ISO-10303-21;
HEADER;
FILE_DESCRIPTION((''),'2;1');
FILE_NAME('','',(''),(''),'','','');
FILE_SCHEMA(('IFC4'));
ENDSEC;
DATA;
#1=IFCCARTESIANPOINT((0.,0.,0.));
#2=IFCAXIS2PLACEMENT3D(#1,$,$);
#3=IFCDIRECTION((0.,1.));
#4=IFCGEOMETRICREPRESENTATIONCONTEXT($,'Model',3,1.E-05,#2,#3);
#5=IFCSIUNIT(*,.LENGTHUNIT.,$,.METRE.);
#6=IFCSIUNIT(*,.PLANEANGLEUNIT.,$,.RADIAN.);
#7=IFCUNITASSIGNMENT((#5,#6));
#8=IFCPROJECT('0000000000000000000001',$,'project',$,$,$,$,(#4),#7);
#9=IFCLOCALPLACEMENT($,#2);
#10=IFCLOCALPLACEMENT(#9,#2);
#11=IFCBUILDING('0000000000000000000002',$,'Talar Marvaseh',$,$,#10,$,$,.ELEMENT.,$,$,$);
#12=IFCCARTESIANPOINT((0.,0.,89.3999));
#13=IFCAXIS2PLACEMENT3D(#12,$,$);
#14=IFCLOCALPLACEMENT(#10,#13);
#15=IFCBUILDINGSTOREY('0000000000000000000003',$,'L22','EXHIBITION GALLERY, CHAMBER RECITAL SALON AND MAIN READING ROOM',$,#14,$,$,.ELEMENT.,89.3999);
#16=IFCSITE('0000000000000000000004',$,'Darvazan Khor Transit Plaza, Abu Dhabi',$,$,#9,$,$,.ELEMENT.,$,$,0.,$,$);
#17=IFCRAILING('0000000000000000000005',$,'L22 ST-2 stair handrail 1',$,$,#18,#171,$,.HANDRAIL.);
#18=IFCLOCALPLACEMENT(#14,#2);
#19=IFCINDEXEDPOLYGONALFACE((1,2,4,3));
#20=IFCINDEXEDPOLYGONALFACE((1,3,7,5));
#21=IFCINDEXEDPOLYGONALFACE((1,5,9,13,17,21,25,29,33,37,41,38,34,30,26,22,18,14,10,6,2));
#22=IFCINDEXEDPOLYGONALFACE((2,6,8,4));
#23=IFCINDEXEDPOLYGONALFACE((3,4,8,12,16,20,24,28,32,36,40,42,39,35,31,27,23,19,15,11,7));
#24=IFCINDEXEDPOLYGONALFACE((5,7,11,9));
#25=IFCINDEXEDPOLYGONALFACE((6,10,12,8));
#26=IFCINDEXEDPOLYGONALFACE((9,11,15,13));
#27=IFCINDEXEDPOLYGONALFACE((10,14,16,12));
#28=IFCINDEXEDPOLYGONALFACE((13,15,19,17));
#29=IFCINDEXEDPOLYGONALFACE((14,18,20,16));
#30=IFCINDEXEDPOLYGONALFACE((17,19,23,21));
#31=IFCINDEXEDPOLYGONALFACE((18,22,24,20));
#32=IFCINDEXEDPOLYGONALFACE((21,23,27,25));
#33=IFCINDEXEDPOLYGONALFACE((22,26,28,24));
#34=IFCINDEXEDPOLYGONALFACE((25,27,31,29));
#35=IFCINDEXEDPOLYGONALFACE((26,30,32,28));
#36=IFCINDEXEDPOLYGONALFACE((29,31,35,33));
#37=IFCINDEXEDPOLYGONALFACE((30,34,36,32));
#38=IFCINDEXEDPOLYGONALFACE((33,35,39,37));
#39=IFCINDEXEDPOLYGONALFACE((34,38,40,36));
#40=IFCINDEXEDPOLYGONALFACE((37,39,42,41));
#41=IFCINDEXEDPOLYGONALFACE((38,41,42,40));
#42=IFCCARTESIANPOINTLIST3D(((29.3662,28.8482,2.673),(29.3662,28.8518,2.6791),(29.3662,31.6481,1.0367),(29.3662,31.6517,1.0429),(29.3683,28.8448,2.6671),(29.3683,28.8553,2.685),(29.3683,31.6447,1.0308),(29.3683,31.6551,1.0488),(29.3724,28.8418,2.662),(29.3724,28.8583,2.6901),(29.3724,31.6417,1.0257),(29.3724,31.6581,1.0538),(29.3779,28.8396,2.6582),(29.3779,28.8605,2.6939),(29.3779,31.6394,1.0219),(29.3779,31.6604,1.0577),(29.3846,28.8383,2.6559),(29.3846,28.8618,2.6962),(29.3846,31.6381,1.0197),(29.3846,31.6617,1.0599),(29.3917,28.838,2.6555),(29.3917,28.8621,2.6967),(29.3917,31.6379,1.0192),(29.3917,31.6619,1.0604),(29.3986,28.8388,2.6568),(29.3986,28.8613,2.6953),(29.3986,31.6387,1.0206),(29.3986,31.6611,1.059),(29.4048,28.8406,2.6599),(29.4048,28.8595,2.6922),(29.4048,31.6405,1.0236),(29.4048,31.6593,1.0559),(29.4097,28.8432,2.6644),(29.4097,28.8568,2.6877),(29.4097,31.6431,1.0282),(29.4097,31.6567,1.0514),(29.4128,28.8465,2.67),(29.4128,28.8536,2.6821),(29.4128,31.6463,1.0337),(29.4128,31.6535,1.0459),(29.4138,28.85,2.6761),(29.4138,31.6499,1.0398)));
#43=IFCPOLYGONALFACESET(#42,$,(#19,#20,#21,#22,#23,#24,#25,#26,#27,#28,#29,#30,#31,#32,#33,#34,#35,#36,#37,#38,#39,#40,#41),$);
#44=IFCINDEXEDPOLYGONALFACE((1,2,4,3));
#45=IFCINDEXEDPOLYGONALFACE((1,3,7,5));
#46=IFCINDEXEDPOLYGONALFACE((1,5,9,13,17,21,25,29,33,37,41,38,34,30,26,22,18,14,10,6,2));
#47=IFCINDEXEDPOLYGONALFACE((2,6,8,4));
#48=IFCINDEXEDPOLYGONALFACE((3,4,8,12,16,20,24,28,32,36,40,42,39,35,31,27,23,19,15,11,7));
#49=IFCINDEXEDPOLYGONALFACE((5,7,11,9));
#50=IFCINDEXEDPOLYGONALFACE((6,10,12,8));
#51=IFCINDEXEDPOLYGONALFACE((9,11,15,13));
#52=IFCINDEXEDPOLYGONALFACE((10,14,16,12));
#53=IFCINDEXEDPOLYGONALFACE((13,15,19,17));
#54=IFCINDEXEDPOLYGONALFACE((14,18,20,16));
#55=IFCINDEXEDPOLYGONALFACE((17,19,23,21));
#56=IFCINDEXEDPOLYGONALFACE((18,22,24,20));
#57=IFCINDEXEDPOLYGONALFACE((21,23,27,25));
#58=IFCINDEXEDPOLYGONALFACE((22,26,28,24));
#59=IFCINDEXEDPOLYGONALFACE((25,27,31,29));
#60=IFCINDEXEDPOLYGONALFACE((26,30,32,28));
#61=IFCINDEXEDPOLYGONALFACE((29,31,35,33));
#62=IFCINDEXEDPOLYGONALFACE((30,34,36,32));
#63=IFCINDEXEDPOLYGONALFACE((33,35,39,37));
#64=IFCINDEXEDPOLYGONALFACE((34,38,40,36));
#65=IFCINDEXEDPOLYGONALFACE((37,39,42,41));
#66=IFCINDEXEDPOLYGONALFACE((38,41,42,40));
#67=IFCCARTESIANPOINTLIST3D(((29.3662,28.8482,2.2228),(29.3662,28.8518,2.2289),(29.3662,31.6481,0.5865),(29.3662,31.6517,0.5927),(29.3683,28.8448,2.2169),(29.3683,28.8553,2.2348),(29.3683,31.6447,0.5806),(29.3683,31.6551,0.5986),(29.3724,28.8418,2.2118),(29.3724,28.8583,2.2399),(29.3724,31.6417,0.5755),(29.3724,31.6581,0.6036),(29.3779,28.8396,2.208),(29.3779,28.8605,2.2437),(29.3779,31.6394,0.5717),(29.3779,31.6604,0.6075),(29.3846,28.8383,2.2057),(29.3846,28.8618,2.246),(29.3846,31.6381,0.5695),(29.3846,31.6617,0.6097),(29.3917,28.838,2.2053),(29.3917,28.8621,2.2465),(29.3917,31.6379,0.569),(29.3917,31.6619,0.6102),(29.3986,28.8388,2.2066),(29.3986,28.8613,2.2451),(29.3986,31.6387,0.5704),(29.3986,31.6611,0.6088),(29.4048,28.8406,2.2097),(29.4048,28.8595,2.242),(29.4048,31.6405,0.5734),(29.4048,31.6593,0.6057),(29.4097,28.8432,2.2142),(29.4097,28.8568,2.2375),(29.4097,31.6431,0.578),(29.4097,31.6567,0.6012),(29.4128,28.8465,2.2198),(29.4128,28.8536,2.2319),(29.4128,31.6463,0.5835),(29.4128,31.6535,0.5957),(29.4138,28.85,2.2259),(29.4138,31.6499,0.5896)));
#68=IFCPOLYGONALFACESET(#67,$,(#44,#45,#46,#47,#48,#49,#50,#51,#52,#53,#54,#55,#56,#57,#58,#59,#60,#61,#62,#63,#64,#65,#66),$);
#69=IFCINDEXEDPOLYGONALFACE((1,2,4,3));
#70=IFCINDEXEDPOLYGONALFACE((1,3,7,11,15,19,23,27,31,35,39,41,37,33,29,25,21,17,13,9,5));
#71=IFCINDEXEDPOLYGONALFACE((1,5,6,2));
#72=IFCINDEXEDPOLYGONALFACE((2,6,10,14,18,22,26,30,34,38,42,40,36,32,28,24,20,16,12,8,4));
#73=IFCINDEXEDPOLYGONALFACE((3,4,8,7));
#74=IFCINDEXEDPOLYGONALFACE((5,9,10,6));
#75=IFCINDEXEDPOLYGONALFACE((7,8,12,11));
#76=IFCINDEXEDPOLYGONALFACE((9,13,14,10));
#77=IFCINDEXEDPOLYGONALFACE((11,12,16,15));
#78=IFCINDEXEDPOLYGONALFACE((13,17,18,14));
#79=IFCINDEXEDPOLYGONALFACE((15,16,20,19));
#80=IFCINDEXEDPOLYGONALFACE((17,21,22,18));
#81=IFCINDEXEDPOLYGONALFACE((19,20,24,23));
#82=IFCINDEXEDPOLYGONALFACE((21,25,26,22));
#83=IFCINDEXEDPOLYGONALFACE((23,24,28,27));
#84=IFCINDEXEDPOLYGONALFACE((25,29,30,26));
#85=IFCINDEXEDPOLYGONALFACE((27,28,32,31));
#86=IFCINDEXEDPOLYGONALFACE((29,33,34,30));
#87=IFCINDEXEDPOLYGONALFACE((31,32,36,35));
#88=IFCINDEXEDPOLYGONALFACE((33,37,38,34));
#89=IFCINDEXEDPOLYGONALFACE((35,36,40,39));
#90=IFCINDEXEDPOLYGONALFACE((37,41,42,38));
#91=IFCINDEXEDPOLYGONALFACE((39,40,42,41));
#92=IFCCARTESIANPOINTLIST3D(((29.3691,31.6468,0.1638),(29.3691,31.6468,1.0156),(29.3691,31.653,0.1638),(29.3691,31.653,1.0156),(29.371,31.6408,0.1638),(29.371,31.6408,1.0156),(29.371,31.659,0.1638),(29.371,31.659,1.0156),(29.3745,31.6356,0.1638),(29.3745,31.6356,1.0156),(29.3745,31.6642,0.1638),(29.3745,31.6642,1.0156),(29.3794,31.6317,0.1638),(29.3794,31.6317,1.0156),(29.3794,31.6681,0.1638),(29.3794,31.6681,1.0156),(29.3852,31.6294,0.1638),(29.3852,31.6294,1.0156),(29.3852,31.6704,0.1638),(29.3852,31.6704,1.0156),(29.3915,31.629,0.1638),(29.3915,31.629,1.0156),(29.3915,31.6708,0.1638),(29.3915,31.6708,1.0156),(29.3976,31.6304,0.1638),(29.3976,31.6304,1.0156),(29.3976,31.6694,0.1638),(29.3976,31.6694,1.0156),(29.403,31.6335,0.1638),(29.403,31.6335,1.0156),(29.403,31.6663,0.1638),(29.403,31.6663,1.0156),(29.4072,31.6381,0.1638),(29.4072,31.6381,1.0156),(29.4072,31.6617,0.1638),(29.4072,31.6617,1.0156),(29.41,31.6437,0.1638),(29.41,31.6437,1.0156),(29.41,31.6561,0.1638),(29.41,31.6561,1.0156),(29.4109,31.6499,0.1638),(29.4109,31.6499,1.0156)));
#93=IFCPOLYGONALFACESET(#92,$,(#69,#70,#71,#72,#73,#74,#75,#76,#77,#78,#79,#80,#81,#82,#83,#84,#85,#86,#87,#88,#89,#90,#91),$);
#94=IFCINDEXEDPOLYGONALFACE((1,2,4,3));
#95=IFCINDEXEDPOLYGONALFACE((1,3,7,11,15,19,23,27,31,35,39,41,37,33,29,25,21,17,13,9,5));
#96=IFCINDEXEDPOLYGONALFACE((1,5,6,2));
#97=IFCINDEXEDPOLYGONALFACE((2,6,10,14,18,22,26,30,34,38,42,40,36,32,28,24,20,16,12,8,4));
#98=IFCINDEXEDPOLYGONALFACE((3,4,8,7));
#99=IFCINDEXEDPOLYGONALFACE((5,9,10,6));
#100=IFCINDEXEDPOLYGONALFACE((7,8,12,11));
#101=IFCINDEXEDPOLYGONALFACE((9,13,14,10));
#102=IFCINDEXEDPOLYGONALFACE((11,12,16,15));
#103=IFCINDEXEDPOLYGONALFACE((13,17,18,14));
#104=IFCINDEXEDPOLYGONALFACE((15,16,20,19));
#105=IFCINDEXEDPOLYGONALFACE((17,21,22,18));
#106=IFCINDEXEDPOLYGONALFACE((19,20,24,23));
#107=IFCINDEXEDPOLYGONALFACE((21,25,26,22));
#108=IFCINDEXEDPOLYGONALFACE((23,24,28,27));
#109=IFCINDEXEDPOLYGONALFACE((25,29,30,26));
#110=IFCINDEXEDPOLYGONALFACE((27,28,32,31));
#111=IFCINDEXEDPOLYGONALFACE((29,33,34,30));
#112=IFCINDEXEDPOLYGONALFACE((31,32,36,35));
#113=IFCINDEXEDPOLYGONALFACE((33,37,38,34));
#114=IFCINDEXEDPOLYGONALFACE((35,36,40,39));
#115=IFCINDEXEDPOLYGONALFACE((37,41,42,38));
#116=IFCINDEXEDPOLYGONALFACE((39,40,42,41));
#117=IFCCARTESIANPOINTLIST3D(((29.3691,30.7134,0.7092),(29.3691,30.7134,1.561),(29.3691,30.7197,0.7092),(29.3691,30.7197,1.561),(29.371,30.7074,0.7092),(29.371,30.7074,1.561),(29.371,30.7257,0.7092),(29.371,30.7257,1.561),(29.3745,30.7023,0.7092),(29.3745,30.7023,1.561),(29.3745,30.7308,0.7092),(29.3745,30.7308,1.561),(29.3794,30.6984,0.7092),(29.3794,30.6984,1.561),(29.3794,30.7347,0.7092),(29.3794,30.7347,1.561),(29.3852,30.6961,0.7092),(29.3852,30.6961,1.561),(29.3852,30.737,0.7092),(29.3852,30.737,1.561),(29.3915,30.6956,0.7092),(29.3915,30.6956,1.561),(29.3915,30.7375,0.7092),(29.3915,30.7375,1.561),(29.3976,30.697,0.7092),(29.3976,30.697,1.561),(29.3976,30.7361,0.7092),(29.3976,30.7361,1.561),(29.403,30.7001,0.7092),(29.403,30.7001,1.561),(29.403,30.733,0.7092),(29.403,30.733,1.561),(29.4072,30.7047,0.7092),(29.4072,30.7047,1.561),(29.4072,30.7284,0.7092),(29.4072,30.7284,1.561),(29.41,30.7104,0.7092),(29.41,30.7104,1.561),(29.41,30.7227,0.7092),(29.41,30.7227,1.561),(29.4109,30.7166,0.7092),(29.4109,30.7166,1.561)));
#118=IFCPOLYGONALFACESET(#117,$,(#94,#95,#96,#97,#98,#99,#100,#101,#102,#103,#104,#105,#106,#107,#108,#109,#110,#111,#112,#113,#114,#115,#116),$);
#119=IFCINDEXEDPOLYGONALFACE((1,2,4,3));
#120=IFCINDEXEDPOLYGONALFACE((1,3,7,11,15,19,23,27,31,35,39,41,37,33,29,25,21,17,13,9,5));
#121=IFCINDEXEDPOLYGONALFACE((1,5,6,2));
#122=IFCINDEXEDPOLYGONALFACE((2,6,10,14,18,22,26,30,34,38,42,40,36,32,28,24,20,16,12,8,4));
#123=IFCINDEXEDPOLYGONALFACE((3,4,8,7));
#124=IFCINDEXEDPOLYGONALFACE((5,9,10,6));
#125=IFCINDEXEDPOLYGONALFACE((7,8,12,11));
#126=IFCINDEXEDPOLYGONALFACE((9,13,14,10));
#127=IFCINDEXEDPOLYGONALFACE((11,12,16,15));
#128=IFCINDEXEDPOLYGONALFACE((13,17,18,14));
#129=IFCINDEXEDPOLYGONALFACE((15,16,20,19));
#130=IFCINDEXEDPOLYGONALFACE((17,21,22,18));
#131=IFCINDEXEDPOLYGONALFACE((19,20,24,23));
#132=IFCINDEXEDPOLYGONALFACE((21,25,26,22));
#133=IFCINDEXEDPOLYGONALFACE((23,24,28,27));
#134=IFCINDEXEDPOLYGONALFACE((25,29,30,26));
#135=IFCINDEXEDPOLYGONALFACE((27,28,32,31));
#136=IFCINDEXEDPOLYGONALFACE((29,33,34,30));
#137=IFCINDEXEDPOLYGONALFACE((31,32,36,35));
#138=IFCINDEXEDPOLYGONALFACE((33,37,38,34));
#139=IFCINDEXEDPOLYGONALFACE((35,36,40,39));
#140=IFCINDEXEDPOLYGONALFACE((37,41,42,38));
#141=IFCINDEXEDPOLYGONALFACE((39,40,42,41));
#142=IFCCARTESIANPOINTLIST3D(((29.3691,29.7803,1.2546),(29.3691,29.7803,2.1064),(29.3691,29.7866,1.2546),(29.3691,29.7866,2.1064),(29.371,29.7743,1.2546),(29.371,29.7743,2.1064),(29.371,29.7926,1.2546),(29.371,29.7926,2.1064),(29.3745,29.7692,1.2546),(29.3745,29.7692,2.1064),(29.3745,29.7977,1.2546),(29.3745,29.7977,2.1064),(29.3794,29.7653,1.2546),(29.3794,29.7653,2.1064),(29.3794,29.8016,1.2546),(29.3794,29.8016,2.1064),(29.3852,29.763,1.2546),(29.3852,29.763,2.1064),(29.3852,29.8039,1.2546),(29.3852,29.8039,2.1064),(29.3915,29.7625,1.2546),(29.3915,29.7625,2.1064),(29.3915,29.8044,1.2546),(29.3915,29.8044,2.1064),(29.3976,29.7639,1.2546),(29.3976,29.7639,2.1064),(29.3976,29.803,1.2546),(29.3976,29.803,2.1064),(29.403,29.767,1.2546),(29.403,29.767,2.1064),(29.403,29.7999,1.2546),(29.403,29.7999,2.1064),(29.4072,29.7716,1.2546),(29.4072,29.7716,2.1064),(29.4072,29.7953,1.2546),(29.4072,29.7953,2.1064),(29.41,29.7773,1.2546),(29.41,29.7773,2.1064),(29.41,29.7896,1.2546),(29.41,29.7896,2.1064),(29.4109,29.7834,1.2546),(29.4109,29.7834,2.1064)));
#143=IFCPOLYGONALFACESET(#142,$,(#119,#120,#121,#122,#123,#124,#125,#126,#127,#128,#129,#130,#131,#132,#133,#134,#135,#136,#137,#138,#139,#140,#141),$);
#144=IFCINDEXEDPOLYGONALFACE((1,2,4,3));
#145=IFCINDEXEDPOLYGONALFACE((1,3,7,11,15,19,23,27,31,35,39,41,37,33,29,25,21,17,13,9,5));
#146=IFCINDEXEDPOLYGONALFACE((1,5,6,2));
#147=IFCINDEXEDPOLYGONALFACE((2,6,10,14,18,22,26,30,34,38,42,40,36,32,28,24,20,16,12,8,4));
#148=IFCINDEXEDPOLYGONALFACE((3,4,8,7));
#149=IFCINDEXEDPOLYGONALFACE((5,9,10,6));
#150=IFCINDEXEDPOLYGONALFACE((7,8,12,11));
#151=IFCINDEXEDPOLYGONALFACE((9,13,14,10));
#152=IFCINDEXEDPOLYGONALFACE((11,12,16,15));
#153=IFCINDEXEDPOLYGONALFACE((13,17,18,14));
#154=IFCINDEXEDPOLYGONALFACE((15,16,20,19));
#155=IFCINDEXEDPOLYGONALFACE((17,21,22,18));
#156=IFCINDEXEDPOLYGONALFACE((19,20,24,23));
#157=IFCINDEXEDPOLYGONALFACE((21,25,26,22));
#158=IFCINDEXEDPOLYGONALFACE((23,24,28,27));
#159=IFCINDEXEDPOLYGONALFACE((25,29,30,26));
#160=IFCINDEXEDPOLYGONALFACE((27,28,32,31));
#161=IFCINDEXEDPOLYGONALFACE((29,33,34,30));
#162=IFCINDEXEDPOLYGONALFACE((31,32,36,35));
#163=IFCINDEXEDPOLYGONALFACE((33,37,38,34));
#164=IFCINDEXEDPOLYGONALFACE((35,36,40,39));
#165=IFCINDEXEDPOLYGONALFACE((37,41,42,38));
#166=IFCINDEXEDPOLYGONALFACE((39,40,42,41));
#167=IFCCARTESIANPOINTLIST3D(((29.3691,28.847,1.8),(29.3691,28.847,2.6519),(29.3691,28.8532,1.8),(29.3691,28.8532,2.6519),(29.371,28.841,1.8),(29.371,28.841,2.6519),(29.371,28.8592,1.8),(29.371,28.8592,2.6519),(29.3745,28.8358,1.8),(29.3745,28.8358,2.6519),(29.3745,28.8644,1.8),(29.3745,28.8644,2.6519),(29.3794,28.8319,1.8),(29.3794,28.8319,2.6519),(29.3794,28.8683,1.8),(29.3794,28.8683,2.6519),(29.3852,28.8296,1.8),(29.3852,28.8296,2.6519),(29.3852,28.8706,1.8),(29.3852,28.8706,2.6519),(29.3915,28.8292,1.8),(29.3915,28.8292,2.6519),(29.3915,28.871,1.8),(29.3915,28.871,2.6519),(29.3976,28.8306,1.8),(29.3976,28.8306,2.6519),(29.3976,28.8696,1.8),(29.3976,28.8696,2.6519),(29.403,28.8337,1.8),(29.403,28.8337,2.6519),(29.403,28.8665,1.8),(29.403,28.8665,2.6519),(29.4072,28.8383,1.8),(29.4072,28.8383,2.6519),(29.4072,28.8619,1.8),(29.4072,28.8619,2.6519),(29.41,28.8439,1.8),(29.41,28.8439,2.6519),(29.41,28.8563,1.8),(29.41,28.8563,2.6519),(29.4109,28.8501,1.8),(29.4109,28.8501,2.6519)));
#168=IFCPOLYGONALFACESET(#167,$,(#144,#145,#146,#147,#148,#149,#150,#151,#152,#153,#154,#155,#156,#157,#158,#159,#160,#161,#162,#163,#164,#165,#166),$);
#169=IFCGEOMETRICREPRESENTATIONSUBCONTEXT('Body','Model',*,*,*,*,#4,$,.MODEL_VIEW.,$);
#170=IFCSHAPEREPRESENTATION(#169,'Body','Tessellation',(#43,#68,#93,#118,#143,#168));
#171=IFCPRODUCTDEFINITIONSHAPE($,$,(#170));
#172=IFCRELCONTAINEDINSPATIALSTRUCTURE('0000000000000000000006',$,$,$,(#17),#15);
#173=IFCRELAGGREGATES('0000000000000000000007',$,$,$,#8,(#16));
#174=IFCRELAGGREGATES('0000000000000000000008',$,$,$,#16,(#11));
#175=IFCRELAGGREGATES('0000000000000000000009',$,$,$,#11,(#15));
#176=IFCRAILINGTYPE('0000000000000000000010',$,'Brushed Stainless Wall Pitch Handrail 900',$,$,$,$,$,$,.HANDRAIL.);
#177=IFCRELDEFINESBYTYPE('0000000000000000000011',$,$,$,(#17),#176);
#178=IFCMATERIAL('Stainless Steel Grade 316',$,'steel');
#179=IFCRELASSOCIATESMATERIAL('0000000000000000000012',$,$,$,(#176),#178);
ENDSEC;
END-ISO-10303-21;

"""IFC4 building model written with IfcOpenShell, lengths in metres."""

from ifc_helpers import new_model, si_unit, direction, frame, origin, origin_2d, place, context, subcontext, project, spatial, circle, extrude, material, type_object, element, save


model = new_model("IFC4")

# Units and contexts
model_context = context("Model", 3, precision=1e-05, world=origin(), true_north=direction((0.0, 1.0)))
body_context = subcontext(model_context, "Body", "Model", "MODEL_VIEW")
ifc_project = project(units=[si_unit("LENGTHUNIT", "METRE"), si_unit("PLANEANGLEUNIT", "RADIAN")], contexts=[model_context])

# Site, building, storey
site_placement = place(None, origin())
site = spatial("IfcSite", under=ifc_project, at=site_placement, Name="Darvazan Khor Transit Plaza, Abu Dhabi", CompositionType="ELEMENT", RefElevation=0.0)
building_placement = place(site_placement, origin())
building = spatial("IfcBuilding", under=site, at=building_placement, Name="Talar Marvaseh", CompositionType="ELEMENT")
storey_placement = place(building_placement, frame((0.0, 0.0, 89.3999)))
storey = spatial("IfcBuildingStorey", under=building, at=storey_placement, Name="L22", Description="EXHIBITION GALLERY, CHAMBER RECITAL SALON AND MAIN READING ROOM", CompositionType="ELEMENT", Elevation=89.3999)

# Shared definitions
ifc_material_1 = material(Name="Stainless Steel Grade 316", Category="steel")

# Railing
railing_type_1 = type_object("IfcRailingType", Name="Brushed Stainless Wall Pitch Handrail 900", PredefinedType="HANDRAIL", material=ifc_material_1)
railing_1_placement = place(storey_placement, frame((29.3899, 31.6499, 0.1638)))
element("IfcRailing", 1, at=railing_1_placement, inside=storey, type_object=railing_type_1, Name="L22 ST-2 stair handrail 1", PredefinedType="HANDRAIL", context=body_context, shape_type="SweptSolid", body=[
    extrude(circle(Radius=0.0239, at=origin_2d()), frame((0.0, 0.0, 0.876), z_axis=(0.0, -0.863374, 0.504564), x_axis=(1.0, 0.0, 0.0)), (0.0, 0.0, 1.0), 3.2429),
    extrude(circle(Radius=0.0239, at=origin_2d()), frame((0.0, 0.0, 0.4258), z_axis=(0.0, -0.863374, 0.504564), x_axis=(1.0, 0.0, 0.0)), (0.0, 0.0, 1.0), 3.2429),
    extrude(circle(Radius=0.021, at=origin_2d()), origin(), (0.0, 0.0, 1.0), 0.8518),
    extrude(circle(Radius=0.021, at=origin_2d()), frame((0.0, -0.9333, 0.5454)), (0.0, 0.0, 1.0), 0.8518),
    extrude(circle(Radius=0.021, at=origin_2d()), frame((0.0, -1.8665, 1.0908)), (0.0, 0.0, 1.0), 0.8518),
    extrude(circle(Radius=0.021, at=origin_2d()), frame((0.0, -2.7998, 1.6362)), (0.0, 0.0, 1.0), 0.8518),
])

save(model, "model.ifc")
